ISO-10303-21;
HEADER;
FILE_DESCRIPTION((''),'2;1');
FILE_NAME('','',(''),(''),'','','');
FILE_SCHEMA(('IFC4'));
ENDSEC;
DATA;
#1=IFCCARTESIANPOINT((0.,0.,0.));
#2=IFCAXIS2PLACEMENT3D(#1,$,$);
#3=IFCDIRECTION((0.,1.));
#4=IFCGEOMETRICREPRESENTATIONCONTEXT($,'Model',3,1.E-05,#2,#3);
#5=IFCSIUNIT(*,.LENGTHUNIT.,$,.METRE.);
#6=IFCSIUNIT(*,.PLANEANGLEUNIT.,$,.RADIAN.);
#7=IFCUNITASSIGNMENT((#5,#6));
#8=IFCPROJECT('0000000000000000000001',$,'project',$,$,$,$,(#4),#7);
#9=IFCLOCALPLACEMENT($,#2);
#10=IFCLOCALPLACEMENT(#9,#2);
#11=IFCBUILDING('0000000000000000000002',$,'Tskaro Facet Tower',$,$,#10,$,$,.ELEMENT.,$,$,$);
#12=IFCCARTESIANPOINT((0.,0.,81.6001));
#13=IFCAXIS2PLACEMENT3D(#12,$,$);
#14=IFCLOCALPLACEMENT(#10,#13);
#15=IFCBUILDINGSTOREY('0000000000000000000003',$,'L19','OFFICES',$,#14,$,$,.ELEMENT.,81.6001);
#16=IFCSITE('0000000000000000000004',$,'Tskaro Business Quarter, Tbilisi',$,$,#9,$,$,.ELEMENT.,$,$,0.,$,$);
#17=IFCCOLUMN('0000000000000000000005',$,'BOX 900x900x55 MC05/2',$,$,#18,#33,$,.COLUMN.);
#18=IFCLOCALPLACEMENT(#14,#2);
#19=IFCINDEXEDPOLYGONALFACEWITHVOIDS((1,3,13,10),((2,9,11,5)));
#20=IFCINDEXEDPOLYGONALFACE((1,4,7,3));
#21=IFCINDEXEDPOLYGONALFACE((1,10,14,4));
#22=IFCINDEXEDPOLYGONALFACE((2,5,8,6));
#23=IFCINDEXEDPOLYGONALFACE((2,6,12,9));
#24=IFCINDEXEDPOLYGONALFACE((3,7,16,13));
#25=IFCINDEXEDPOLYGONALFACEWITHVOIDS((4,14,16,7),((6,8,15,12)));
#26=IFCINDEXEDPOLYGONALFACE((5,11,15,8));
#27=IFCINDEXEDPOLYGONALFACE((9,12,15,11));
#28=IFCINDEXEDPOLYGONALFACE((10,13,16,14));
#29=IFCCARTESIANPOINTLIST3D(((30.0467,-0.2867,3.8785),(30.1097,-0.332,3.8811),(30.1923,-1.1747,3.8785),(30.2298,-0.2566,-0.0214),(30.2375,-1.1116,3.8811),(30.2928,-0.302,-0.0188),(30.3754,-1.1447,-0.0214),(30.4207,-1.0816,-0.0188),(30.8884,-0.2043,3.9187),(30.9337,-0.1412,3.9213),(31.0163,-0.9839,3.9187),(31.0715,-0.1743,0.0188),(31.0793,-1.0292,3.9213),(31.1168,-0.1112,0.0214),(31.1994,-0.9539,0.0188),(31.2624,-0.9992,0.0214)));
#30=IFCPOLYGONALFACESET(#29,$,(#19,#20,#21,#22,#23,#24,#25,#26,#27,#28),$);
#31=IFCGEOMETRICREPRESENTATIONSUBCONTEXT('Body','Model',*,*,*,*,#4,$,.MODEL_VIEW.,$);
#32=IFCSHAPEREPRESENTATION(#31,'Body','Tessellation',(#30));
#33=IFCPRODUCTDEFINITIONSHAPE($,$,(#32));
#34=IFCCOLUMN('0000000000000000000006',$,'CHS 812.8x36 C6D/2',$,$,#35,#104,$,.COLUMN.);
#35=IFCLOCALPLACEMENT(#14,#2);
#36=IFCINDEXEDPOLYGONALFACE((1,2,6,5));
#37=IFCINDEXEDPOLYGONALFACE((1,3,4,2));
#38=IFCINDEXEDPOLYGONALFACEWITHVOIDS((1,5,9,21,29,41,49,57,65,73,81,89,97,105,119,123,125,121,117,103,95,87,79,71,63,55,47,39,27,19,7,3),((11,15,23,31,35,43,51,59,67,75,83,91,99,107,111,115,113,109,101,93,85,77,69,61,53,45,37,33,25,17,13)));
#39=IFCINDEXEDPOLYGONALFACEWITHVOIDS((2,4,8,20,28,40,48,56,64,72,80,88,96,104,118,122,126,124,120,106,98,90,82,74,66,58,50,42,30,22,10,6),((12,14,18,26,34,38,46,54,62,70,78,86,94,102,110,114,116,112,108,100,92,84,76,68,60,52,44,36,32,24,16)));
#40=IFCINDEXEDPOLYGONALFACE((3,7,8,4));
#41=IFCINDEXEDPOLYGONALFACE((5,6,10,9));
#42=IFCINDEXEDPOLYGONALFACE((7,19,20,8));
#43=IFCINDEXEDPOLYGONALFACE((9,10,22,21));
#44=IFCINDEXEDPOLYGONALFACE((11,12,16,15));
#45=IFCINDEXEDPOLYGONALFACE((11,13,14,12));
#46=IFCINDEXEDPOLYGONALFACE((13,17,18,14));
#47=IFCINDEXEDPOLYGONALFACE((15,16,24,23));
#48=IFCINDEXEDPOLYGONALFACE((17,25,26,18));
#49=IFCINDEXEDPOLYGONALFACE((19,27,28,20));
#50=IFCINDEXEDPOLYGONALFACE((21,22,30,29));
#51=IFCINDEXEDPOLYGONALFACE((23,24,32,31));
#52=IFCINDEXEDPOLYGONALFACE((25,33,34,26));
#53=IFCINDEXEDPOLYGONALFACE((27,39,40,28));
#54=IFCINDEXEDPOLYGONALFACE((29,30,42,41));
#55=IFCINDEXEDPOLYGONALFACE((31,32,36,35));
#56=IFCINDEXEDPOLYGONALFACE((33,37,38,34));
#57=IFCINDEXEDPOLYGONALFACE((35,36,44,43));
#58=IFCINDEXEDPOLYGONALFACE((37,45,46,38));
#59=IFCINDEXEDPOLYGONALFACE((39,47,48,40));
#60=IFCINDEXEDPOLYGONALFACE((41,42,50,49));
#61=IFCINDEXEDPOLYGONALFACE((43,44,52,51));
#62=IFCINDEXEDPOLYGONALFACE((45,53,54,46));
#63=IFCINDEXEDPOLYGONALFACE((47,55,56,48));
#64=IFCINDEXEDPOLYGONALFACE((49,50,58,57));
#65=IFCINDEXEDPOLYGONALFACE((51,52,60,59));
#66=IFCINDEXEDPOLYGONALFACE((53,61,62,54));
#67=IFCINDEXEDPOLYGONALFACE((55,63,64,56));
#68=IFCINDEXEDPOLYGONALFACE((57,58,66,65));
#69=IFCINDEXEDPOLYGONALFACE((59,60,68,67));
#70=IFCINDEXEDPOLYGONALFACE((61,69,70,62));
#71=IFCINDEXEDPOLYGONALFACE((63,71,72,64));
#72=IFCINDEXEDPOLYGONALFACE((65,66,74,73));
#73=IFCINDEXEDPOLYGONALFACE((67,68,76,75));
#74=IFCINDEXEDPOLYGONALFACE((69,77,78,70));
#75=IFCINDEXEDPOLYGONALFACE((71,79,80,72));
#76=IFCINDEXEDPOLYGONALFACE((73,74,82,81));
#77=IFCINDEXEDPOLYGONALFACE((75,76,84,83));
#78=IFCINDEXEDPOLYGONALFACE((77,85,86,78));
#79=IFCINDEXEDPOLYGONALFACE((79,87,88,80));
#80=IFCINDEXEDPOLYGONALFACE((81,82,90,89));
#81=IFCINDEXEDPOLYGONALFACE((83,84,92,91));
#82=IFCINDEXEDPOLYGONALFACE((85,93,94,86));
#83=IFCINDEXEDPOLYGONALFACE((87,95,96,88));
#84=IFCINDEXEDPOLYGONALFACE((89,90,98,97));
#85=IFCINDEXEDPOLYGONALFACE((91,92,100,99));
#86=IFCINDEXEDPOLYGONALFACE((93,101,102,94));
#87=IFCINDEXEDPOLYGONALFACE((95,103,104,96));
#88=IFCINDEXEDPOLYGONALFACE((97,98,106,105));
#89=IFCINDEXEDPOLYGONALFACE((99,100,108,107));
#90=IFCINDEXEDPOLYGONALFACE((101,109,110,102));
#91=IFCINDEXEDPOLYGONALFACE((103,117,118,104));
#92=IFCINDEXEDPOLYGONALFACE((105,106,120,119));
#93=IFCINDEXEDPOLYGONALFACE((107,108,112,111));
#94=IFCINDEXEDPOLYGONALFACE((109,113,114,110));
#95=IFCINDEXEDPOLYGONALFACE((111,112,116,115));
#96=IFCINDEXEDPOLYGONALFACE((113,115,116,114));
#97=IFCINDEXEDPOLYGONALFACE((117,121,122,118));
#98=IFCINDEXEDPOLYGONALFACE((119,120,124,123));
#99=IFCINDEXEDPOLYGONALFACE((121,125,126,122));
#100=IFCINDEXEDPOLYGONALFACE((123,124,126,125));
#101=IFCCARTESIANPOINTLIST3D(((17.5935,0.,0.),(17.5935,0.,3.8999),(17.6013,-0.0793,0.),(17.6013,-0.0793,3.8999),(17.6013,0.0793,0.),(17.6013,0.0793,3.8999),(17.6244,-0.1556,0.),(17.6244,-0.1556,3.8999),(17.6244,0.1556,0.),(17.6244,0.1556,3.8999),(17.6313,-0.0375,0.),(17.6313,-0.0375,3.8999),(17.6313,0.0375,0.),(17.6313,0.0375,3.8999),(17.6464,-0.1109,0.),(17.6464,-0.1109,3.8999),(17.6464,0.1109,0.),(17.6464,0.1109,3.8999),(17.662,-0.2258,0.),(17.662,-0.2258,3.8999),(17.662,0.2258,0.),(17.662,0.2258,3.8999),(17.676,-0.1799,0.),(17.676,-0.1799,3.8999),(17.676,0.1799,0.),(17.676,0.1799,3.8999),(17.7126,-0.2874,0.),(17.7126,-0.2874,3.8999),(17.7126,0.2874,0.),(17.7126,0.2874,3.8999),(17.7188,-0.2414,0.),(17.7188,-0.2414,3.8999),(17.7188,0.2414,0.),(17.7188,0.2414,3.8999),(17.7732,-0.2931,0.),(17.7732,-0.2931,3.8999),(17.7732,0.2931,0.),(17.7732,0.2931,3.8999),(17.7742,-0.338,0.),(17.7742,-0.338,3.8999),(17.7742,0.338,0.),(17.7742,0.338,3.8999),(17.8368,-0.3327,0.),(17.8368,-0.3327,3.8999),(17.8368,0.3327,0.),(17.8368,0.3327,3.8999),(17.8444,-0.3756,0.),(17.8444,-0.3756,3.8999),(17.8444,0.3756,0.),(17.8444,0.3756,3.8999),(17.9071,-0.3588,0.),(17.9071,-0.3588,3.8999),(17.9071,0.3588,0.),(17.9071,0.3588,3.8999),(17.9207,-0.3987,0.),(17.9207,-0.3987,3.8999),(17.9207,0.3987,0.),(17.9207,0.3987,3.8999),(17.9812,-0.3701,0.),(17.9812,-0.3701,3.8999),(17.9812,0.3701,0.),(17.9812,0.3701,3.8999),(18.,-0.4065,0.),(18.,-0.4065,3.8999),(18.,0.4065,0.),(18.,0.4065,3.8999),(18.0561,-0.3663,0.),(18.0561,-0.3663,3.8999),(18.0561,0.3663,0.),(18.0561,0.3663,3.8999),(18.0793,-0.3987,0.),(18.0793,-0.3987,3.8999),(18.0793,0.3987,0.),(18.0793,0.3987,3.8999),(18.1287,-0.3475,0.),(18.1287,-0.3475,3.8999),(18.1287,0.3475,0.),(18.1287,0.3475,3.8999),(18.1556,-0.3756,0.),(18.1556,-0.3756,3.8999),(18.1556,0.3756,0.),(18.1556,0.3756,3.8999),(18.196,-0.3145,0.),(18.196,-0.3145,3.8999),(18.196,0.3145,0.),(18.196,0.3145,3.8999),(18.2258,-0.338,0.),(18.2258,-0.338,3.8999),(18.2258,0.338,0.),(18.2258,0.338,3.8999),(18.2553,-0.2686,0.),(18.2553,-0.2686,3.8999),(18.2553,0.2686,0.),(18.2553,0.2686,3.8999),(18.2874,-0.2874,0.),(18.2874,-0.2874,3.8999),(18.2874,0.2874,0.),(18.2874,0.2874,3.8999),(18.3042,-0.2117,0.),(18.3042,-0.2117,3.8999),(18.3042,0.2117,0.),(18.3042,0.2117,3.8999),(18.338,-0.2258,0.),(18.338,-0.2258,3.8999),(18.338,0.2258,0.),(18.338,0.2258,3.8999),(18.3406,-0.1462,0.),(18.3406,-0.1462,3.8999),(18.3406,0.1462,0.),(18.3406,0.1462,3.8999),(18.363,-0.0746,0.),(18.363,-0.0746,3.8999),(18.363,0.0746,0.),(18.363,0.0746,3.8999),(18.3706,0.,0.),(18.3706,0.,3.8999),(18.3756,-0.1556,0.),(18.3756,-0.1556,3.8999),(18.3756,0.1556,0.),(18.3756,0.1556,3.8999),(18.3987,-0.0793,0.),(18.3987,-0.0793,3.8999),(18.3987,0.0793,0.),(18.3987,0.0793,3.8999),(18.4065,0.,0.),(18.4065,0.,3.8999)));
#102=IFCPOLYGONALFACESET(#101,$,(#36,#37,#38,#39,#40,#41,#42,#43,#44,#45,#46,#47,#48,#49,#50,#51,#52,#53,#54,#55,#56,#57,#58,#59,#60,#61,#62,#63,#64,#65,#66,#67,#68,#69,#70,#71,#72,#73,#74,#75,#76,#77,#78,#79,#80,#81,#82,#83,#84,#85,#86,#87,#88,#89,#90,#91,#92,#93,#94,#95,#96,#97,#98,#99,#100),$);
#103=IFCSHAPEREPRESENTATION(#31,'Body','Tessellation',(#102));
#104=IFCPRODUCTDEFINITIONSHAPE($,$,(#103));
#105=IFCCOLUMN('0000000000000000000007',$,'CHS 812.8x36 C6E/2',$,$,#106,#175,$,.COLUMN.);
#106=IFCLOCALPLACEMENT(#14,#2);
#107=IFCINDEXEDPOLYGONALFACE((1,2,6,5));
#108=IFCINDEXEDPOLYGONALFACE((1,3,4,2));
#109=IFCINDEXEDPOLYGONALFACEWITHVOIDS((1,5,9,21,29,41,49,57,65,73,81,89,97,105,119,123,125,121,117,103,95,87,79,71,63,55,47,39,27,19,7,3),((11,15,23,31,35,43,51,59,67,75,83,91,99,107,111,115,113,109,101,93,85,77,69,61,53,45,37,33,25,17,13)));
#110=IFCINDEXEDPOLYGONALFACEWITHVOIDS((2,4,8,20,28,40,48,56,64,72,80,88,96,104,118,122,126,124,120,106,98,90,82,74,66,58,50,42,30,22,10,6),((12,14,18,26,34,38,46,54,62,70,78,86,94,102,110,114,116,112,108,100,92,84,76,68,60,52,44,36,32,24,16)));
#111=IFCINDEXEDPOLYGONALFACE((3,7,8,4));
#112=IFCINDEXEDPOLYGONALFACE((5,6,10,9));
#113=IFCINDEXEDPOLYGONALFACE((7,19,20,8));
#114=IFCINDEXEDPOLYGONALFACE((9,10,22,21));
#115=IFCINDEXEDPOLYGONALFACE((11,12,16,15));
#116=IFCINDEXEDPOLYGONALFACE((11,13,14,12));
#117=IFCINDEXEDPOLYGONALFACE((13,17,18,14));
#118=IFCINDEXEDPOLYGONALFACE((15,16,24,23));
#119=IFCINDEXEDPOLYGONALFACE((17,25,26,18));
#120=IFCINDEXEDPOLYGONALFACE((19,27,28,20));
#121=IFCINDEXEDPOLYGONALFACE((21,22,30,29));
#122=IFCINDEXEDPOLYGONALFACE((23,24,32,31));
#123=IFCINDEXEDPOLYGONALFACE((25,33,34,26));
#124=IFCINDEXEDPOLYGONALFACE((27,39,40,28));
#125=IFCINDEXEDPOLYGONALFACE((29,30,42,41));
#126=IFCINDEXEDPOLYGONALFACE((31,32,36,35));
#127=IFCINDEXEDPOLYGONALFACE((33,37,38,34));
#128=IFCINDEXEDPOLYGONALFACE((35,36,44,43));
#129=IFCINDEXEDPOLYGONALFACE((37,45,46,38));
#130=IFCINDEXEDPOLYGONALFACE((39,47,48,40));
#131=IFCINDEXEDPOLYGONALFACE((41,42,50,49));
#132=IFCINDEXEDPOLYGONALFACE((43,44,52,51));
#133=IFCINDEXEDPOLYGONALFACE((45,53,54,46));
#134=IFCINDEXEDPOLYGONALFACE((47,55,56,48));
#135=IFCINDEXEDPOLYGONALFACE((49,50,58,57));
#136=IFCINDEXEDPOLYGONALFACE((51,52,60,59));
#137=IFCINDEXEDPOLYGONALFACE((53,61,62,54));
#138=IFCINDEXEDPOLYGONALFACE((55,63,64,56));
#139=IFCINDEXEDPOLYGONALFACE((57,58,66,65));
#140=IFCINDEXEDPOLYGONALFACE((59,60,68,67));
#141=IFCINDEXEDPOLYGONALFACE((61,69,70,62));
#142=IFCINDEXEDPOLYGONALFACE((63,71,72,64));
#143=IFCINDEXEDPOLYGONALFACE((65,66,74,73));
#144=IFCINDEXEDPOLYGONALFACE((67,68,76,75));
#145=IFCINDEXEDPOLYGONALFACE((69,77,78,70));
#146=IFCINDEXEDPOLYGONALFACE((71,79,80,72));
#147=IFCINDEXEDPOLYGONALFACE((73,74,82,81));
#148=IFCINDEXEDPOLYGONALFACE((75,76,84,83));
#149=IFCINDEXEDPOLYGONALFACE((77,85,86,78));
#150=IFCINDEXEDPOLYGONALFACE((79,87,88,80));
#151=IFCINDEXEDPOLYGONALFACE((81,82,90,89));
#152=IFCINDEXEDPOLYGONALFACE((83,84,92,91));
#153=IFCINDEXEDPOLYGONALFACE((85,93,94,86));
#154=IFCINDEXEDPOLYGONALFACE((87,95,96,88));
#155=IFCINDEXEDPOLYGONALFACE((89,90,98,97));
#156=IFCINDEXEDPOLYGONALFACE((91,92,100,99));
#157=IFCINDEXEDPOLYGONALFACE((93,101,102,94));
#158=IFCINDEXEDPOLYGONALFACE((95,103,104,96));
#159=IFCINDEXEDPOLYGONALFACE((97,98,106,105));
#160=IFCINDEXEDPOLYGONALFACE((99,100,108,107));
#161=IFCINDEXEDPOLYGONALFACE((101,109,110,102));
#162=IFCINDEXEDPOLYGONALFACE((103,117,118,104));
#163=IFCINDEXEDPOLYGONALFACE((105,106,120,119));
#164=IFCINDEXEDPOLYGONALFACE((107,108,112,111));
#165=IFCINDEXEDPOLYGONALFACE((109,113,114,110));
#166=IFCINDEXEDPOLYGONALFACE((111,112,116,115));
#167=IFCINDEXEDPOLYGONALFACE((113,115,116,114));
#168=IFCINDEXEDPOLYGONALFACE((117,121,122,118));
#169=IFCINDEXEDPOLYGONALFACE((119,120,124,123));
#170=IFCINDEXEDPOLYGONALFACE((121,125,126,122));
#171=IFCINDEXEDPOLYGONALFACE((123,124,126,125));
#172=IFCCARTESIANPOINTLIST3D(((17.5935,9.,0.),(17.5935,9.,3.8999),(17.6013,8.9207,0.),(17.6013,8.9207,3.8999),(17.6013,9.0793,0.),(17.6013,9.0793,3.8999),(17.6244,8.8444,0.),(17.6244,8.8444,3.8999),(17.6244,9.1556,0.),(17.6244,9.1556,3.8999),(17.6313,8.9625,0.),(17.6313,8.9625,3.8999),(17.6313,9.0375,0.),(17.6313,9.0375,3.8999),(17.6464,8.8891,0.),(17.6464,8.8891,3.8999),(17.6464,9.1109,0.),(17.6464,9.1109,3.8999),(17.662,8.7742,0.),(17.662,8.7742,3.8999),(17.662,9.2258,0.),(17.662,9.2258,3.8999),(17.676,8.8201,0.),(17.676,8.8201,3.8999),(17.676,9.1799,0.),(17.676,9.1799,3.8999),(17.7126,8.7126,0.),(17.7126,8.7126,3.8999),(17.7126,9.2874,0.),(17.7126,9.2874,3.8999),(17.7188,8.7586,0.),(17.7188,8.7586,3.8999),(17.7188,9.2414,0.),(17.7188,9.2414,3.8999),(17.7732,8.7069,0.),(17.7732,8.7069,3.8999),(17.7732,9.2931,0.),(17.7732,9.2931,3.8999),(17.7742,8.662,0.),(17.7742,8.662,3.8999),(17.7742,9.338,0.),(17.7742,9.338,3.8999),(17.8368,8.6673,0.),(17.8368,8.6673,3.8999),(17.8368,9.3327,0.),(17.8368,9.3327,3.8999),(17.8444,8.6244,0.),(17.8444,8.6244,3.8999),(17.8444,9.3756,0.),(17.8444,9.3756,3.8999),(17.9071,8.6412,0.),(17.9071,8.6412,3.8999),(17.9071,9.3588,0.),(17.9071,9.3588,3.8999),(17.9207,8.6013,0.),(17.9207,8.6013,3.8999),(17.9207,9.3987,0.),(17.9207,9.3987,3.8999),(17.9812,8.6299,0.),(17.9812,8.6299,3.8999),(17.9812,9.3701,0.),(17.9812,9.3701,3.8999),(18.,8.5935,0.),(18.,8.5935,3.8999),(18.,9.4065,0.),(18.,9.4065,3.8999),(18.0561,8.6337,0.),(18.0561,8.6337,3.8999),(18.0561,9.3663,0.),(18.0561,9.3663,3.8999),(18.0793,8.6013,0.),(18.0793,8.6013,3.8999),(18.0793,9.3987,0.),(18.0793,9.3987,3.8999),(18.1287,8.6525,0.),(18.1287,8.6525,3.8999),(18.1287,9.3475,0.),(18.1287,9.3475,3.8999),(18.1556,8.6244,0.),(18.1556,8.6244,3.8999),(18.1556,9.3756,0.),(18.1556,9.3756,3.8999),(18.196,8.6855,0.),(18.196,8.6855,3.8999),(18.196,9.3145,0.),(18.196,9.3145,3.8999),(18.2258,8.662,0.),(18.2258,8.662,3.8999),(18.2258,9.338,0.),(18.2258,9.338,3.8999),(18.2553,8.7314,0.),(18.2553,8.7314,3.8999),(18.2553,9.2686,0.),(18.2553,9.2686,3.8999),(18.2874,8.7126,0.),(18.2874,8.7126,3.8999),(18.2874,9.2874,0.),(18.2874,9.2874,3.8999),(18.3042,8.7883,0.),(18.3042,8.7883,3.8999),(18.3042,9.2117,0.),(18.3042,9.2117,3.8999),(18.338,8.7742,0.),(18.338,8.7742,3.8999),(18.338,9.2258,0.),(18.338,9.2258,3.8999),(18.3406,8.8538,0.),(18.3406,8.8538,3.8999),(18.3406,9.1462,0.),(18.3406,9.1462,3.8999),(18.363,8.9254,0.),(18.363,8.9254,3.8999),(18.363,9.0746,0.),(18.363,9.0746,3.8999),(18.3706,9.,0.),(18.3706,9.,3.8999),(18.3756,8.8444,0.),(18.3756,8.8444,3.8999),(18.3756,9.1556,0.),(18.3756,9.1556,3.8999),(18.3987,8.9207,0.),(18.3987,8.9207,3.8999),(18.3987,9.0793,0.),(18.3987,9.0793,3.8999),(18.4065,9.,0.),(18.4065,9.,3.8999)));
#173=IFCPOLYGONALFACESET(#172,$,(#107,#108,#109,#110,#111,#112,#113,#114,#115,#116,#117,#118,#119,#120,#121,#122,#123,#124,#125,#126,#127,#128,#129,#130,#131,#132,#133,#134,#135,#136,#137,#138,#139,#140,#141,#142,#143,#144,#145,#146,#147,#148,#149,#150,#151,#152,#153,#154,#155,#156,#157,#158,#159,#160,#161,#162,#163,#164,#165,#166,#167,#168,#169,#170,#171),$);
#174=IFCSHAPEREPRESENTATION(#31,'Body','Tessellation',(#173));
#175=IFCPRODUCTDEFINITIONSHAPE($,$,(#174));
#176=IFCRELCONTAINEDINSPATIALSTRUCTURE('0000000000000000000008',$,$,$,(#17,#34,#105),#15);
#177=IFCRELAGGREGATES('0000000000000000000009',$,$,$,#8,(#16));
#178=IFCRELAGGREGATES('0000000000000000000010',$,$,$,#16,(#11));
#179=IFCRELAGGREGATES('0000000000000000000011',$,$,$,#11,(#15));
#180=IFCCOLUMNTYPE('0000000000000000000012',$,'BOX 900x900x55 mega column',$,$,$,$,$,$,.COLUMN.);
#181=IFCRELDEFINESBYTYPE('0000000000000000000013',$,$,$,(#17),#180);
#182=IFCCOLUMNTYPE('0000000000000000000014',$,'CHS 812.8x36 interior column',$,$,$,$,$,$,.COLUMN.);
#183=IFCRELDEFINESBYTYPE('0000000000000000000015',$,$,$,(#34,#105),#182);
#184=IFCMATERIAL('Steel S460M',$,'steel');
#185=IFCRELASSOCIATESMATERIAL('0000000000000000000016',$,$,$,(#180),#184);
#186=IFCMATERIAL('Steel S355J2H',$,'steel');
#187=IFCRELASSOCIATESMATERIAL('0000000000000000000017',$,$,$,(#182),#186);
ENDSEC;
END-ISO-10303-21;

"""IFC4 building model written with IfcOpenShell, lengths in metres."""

from ifc_helpers import new_model, si_unit, direction, frame, origin, origin_2d, place, context, subcontext, project, spatial, hollow_rectangle, hollow_circle, extrude, material, material_profile, profile_set, type_object, element, save


model = new_model("IFC4")

# Units and contexts
model_context = context("Model", 3, precision=1e-05, world=origin(), true_north=direction((0.0, 1.0)))
body_context = subcontext(model_context, "Body", "Model", "MODEL_VIEW")
ifc_project = project(units=[si_unit("LENGTHUNIT", "METRE"), si_unit("PLANEANGLEUNIT", "RADIAN")], contexts=[model_context])

# Site, building, storey
site_placement = place(None, origin())
site = spatial("IfcSite", under=ifc_project, at=site_placement, Name="Tskaro Business Quarter, Tbilisi", CompositionType="ELEMENT", RefElevation=0.0)
building_placement = place(site_placement, origin())
building = spatial("IfcBuilding", under=site, at=building_placement, Name="Tskaro Facet Tower", CompositionType="ELEMENT")
storey_placement = place(building_placement, frame((0.0, 0.0, 81.6001)))
storey = spatial("IfcBuildingStorey", under=building, at=storey_placement, Name="L19", Description="OFFICES", CompositionType="ELEMENT", Elevation=81.6001)

# Columns
ifc_material_1 = material(Name="Steel S460M", Category="steel")
ifc_material_profile_1 = material_profile(ifc_material_1, hollow_rectangle(XDim=0.8999, YDim=0.8999, WallThickness=0.0549, at=origin_2d()), Name="BOX 900x900x55")
ifc_profile_set_1 = profile_set([ifc_material_profile_1], Name="Steel S460M")
column_type_1 = type_object("IfcColumnType", Name="BOX 900x900x55 mega column", PredefinedType="COLUMN", material=ifc_profile_set_1)
column_placement = place(storey_placement, frame((30.7461, -0.6279, 0.0), z_axis=(-0.046898, -0.007691, 0.99887), x_axis=(0.161838, -0.986817, 0.0)))
element("IfcColumn", 1, at=column_placement, inside=storey, type_object=column_type_1, Name="BOX 900x900x55 MC05/2", PredefinedType="COLUMN", context=body_context, shape_type="SweptSolid", body=[
    extrude(hollow_rectangle(XDim=0.8999, YDim=0.8999, WallThickness=0.0549, at=origin_2d()), origin(), (0.0, 0.0, 1.0), 3.9043),
])
ifc_material_2 = material(Name="Steel S355J2H", Category="steel")
ifc_material_profile_2 = material_profile(ifc_material_2, hollow_circle(Radius=0.4065, WallThickness=0.0359, at=origin_2d()), Name="CHS 812.8x36")
ifc_profile_set_2 = profile_set([ifc_material_profile_2], Name="Steel S355J2H")
column_type_2 = type_object("IfcColumnType", Name="CHS 812.8x36 interior column", PredefinedType="COLUMN", material=ifc_profile_set_2)
for number, where, z_axis, x_axis, name in (
    (2, (18.0, 0.0, 0.0), (0.0, 0.0, 1.0), (1.0, 0.0, 0.0), "CHS 812.8x36 C6D/2"),
    (3, (18.0, 9.0, 0.0), (0.0, 0.0, 1.0), (1.0, 0.0, 0.0), "CHS 812.8x36 C6E/2"),
):
    element("IfcColumn", number, at=place(storey_placement, frame(where, z_axis=z_axis, x_axis=x_axis)), inside=storey, type_object=column_type_2, Name=name, PredefinedType="COLUMN", context=body_context, shape_type="SweptSolid", body=[
        extrude(hollow_circle(Radius=0.4065, WallThickness=0.0359, at=origin_2d()), origin(), (0.0, 0.0, 1.0), 3.8999),
    ])

save(model, "model.ifc")
